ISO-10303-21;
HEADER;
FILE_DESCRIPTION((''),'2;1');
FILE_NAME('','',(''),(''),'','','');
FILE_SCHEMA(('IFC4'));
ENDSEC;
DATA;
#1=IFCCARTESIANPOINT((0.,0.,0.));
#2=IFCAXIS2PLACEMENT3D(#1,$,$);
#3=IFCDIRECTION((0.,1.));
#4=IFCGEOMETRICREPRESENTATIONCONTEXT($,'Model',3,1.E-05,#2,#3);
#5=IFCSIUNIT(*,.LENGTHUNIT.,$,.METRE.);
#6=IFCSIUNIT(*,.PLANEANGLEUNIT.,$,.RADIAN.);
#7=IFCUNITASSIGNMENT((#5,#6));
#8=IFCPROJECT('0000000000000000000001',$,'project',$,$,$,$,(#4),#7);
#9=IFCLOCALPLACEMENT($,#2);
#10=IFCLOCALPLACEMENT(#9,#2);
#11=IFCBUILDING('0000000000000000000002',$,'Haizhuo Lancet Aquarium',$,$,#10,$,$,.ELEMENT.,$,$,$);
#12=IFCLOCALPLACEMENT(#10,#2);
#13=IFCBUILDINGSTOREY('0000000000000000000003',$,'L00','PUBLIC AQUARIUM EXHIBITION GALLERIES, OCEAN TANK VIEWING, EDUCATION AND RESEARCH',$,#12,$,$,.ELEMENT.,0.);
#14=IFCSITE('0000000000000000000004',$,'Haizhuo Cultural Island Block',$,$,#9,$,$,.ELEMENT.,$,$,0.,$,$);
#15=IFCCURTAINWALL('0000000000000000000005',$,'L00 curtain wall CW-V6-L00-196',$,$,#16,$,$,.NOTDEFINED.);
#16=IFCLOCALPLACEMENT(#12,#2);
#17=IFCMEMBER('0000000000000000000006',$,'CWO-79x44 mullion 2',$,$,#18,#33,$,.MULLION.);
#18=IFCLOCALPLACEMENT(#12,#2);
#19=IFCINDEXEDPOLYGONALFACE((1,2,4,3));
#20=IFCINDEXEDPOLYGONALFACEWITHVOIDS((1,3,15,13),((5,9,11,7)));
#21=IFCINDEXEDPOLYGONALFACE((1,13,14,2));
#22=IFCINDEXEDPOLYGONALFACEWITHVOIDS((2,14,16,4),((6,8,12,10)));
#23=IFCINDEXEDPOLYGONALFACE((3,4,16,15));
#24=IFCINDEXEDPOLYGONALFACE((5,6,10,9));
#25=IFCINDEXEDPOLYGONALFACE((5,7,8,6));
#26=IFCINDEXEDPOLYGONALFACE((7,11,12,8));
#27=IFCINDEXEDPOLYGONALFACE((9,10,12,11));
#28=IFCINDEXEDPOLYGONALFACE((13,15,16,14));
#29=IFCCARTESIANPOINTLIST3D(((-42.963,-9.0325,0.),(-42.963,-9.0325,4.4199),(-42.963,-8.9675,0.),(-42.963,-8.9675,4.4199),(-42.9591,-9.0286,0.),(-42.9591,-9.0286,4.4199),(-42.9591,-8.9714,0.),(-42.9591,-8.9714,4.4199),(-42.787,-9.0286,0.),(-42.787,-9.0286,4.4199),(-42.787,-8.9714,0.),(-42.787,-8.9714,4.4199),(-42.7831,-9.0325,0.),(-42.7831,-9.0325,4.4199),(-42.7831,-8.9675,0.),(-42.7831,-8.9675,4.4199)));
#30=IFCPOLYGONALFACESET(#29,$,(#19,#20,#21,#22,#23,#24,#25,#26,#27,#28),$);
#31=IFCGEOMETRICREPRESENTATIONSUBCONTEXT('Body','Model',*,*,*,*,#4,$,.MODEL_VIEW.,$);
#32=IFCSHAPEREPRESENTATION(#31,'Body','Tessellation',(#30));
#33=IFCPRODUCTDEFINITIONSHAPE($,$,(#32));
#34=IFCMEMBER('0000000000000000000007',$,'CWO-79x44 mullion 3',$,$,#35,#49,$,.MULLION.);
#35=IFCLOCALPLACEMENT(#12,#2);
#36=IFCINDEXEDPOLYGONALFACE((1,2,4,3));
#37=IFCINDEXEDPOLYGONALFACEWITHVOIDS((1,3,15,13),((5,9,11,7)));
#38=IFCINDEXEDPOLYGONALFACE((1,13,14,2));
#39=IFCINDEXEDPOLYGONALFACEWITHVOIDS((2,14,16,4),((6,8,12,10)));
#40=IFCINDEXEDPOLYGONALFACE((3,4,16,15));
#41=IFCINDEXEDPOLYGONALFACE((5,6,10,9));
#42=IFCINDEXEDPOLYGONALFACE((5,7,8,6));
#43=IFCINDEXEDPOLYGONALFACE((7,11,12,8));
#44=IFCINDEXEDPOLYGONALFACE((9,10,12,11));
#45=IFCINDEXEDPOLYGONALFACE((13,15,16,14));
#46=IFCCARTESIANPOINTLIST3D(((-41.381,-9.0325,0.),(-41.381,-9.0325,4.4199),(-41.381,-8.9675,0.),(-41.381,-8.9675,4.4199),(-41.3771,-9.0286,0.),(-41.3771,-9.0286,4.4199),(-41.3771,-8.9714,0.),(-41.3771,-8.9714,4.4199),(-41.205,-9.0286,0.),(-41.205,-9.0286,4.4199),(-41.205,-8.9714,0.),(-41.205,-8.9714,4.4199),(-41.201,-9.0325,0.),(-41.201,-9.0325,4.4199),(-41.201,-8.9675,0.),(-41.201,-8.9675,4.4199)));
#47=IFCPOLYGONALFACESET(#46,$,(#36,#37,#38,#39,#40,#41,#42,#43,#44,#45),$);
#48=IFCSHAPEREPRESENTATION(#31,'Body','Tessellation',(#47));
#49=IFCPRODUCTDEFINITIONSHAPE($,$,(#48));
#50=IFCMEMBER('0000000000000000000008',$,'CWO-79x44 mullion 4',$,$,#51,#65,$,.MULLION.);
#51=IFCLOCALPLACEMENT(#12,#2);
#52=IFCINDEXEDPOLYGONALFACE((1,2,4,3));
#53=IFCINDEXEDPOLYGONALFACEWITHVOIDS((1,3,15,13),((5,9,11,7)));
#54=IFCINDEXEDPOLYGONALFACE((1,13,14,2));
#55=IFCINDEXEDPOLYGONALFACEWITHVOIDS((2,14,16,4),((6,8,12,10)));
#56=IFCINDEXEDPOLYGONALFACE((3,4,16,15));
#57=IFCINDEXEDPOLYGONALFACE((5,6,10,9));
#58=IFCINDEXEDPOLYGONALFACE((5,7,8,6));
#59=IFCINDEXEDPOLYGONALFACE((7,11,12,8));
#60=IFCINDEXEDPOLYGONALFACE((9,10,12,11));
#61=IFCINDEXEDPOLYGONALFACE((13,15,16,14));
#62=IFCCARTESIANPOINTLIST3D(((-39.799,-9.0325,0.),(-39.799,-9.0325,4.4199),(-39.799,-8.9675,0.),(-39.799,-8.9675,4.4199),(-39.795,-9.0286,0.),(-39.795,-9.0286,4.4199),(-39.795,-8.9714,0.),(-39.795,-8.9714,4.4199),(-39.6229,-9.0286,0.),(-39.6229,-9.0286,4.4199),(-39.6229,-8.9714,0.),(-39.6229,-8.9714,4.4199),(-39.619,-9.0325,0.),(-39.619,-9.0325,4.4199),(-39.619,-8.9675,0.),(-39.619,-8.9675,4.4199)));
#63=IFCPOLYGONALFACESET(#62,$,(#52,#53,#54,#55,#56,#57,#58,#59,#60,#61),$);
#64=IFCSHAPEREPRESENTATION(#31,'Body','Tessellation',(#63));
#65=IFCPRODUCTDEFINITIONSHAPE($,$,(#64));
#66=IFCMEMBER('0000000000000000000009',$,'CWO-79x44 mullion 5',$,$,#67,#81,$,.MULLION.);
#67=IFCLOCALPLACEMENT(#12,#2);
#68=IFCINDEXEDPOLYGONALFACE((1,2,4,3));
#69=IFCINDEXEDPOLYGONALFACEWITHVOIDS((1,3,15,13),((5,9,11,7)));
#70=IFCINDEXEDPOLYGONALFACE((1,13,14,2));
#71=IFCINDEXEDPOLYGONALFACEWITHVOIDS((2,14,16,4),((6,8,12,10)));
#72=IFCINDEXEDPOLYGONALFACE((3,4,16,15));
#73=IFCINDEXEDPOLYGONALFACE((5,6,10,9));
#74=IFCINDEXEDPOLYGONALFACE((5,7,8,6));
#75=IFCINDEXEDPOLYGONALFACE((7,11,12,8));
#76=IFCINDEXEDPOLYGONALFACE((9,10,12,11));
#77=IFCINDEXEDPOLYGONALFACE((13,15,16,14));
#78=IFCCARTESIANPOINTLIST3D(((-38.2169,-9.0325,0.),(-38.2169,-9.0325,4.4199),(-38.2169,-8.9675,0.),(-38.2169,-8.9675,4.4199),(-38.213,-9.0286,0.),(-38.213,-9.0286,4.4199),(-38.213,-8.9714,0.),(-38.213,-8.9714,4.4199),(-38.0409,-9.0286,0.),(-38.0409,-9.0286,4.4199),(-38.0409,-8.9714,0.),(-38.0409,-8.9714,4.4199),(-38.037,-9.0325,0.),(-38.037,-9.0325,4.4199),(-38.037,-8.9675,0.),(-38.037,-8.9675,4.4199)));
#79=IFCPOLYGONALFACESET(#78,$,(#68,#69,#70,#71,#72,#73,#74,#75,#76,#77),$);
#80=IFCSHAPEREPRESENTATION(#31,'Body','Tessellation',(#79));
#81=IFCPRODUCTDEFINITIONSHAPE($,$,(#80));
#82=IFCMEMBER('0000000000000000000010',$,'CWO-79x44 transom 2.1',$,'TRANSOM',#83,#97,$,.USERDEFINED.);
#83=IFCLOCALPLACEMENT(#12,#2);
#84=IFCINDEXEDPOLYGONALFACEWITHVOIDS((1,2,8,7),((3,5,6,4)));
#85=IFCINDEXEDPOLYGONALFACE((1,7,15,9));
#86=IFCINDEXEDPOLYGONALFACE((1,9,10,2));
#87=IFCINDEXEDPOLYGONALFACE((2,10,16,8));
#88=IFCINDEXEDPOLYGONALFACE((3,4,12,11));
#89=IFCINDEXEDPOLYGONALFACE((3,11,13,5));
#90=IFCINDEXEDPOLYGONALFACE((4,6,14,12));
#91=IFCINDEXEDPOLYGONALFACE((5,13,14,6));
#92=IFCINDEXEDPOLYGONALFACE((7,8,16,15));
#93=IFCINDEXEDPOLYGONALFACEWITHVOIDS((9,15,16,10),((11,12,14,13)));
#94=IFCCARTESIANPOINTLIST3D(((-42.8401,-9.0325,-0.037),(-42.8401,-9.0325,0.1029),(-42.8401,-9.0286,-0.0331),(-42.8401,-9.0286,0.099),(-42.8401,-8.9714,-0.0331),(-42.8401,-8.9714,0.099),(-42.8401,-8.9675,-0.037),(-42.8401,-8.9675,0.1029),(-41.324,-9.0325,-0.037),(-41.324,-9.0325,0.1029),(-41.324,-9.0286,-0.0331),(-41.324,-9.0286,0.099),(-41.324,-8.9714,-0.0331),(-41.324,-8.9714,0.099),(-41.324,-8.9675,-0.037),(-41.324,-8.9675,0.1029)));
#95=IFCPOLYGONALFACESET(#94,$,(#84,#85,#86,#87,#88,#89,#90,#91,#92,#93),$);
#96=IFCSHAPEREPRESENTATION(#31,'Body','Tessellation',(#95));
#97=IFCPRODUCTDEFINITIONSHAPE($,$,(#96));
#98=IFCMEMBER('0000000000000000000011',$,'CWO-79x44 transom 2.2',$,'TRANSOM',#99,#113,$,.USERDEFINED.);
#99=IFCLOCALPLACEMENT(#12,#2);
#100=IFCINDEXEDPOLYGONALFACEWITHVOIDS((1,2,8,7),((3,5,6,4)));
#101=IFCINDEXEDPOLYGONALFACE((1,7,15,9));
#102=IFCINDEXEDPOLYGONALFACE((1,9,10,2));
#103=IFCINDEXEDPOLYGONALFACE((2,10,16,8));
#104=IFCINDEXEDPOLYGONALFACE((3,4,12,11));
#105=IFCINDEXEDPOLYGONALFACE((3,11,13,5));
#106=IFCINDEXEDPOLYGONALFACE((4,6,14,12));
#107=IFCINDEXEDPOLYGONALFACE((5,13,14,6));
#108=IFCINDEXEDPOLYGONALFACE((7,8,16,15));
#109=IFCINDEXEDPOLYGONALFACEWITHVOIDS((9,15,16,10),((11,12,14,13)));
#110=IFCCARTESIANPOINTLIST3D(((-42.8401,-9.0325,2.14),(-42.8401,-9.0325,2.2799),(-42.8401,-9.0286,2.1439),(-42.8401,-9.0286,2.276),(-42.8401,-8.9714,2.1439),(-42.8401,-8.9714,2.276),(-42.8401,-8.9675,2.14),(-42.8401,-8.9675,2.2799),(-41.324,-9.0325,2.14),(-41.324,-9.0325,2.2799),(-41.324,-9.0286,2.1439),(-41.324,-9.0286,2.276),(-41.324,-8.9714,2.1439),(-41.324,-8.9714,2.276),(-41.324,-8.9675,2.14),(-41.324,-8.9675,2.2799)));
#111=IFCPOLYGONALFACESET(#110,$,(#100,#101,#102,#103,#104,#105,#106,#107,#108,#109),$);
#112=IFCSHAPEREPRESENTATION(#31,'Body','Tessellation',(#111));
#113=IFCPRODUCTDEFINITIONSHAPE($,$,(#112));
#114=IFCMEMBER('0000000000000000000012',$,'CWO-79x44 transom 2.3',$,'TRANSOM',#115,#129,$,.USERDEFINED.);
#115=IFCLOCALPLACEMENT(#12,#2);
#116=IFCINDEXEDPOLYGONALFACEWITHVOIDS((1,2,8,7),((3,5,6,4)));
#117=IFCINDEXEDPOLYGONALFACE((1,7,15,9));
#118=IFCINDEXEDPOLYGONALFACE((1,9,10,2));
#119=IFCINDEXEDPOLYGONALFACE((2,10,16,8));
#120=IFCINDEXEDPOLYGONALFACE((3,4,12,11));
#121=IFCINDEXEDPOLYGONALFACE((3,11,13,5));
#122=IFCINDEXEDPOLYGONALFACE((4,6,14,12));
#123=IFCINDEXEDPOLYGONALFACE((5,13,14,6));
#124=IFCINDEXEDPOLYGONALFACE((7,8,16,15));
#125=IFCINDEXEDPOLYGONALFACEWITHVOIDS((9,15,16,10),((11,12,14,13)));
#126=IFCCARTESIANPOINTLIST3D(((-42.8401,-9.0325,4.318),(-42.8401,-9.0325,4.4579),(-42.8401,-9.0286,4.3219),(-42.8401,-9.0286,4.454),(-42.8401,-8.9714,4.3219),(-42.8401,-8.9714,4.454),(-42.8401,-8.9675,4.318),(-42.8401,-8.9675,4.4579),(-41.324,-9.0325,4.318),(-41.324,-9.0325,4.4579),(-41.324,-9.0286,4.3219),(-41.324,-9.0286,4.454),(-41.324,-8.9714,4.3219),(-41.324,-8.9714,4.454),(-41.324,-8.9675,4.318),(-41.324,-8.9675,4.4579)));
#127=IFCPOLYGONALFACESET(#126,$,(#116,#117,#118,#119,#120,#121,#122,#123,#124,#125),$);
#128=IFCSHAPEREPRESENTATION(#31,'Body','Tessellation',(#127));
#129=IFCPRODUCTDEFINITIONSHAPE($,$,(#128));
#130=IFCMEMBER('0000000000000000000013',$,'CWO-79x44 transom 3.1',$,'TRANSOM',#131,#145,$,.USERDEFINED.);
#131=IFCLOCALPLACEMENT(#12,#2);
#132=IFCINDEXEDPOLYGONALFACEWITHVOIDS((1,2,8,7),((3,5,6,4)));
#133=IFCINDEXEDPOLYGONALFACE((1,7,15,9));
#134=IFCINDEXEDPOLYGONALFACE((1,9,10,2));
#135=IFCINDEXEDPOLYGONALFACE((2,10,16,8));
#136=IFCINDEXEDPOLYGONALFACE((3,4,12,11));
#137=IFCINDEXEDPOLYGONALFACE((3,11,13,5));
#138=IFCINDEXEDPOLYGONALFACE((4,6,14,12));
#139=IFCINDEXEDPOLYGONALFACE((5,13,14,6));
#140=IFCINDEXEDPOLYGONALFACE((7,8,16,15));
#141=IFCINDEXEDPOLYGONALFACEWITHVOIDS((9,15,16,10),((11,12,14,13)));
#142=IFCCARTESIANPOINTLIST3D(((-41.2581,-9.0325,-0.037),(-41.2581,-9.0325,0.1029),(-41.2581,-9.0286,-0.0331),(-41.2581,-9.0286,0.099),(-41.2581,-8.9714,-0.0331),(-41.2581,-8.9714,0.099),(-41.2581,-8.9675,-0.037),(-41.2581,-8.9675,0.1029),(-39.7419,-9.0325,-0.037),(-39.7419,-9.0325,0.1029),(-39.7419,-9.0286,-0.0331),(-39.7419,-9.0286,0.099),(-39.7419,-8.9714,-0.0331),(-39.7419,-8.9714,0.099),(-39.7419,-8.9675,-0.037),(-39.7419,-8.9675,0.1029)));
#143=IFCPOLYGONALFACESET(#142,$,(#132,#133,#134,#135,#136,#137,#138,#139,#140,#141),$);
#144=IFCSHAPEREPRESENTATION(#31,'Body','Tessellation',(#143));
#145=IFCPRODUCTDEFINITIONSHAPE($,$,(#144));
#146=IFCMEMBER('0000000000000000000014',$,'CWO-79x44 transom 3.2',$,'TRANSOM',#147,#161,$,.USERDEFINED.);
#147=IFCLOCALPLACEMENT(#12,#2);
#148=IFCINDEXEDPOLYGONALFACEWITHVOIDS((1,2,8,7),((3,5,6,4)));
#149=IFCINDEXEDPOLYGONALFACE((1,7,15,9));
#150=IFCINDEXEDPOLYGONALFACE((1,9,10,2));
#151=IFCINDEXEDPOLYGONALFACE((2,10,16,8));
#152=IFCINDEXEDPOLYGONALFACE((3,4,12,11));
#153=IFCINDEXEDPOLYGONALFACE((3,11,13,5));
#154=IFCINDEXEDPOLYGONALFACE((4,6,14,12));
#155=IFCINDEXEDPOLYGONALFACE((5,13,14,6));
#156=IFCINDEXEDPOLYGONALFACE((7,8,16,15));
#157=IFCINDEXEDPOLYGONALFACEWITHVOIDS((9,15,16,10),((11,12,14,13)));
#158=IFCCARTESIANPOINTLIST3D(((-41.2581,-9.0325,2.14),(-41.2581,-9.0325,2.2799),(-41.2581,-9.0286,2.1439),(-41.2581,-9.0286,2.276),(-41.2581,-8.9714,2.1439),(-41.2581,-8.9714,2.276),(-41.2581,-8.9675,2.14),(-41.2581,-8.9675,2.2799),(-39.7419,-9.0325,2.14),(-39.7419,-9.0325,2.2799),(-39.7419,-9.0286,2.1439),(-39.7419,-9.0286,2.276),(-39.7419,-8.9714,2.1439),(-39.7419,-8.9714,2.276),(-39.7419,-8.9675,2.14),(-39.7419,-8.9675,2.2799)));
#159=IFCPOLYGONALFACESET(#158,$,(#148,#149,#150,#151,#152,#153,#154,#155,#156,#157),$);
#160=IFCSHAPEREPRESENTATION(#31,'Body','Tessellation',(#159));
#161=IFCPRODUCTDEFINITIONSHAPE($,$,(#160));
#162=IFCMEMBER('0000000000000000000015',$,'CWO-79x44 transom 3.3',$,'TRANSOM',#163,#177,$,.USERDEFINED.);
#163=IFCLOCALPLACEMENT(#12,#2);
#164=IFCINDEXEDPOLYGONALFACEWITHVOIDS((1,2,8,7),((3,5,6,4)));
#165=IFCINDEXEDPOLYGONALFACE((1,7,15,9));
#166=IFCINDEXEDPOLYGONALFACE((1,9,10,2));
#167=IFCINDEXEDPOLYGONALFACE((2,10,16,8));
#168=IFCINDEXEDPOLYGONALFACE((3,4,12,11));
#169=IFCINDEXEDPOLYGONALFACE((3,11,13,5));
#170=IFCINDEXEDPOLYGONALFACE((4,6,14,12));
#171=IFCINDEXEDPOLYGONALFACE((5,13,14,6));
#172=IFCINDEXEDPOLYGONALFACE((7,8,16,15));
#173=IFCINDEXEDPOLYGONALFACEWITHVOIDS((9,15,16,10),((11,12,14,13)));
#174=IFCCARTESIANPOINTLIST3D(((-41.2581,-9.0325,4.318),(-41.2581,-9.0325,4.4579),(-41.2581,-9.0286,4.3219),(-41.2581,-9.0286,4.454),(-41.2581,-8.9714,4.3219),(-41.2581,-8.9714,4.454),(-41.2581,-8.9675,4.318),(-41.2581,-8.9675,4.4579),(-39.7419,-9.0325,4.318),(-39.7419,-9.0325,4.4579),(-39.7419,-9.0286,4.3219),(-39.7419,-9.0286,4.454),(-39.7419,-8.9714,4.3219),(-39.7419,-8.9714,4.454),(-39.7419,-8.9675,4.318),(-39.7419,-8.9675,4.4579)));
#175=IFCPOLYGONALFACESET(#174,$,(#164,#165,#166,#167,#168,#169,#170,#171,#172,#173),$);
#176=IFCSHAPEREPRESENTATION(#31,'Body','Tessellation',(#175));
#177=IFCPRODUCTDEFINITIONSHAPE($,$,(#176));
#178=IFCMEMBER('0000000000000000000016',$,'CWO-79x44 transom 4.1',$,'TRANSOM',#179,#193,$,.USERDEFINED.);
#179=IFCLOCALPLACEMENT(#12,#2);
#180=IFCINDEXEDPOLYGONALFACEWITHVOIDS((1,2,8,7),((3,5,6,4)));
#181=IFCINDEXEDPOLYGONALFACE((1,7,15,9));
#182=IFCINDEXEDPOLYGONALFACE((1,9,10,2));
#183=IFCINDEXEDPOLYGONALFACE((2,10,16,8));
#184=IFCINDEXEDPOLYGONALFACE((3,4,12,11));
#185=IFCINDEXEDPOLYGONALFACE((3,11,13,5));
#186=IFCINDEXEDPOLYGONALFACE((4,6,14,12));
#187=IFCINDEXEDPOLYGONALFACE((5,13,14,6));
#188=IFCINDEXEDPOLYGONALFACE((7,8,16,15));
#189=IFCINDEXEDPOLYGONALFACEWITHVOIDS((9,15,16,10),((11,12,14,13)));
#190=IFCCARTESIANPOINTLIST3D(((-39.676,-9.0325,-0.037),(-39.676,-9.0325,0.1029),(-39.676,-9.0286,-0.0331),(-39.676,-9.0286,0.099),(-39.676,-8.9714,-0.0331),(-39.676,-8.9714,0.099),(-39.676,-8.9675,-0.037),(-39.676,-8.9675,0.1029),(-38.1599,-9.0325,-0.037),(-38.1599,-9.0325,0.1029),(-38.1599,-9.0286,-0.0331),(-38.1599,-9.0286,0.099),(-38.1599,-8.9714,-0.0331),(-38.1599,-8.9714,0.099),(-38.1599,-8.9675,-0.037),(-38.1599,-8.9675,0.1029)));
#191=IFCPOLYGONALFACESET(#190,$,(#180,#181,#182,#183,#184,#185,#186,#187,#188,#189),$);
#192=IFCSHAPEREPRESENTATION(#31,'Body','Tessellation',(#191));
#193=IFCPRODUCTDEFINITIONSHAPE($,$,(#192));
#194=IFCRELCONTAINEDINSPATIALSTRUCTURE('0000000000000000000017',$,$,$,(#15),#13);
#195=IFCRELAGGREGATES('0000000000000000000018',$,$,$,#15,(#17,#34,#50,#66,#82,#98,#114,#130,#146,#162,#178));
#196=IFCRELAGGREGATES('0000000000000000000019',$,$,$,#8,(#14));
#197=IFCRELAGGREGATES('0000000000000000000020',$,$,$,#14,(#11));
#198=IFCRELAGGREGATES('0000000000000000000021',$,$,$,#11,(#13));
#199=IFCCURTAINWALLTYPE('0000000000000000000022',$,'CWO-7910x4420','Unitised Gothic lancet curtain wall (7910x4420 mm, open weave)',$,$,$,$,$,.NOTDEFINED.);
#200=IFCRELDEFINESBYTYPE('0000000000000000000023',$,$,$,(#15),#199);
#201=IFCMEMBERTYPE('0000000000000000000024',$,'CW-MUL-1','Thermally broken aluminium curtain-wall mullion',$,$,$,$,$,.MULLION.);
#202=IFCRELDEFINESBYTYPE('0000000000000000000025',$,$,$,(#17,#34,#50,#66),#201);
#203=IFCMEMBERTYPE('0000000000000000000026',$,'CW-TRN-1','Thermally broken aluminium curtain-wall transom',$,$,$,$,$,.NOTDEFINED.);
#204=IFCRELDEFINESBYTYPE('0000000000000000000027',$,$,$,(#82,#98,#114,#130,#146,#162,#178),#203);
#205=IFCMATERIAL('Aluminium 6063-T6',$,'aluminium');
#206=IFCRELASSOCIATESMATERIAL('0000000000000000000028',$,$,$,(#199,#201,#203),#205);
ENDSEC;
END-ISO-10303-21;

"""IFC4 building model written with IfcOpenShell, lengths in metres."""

from ifc_helpers import new_model, si_unit, direction, frame, origin, origin_2d, place, context, subcontext, project, spatial, hollow_rectangle, extrude, material, material_profile, profile_set, type_object, element, aggregate, save


model = new_model("IFC4")

# Units and contexts
model_context = context("Model", 3, precision=1e-05, world=origin(), true_north=direction((0.0, 1.0)))
body_context = subcontext(model_context, "Body", "Model", "MODEL_VIEW")
ifc_project = project(units=[si_unit("LENGTHUNIT", "METRE"), si_unit("PLANEANGLEUNIT", "RADIAN")], contexts=[model_context])

# Site, building, storey
site_placement = place(None, origin())
site = spatial("IfcSite", under=ifc_project, at=site_placement, Name="Haizhuo Cultural Island Block", CompositionType="ELEMENT", RefElevation=0.0)
building_placement = place(site_placement, origin())
building = spatial("IfcBuilding", under=site, at=building_placement, Name="Haizhuo Lancet Aquarium", CompositionType="ELEMENT")
storey_placement = place(building_placement, origin())
storey = spatial("IfcBuildingStorey", under=building, at=storey_placement, Name="L00", Description="PUBLIC AQUARIUM EXHIBITION GALLERIES, OCEAN TANK VIEWING, EDUCATION AND RESEARCH", CompositionType="ELEMENT", Elevation=0.0)

# Curtain wall, members
ifc_material_1 = material(Name="Aluminium 6063-T6", Category="aluminium")
curtain_wall_type = type_object("IfcCurtainWallType", Name="CWO-7910x4420", Description="Unitised Gothic lancet curtain wall (7910x4420 mm, open weave)", PredefinedType="NOTDEFINED", material=ifc_material_1)
curtain_wall_placement = place(storey_placement, origin())
curtain_wall = element("IfcCurtainWall", 1, at=curtain_wall_placement, inside=storey, type_object=curtain_wall_type, Name="L00 curtain wall CW-V6-L00-196", PredefinedType="NOTDEFINED")
ifc_material_profile_1 = material_profile(ifc_material_1, hollow_rectangle(XDim=0.0649, YDim=0.1799, WallThickness=0.0039, at=origin_2d()), Name="ALU-M 65x180x4")
ifc_profile_set_1 = profile_set([ifc_material_profile_1], Name="Aluminium 6063-T6")
member_type_1 = type_object("IfcMemberType", Name="CW-MUL-1", Description="Thermally broken aluminium curtain-wall mullion", PredefinedType="MULLION", material=ifc_profile_set_1)
member_1_placement = place(storey_placement, frame((-42.873, -9.0, 0.0), z_axis=(0.0, 0.0, 1.0), x_axis=(0.0, 1.0, 0.0)))
member_1 = element("IfcMember", 2, at=member_1_placement, type_object=member_type_1, Name="CWO-79x44 mullion 2", PredefinedType="MULLION", context=body_context, shape_type="SweptSolid", body=[
    extrude(hollow_rectangle(XDim=0.0649, YDim=0.1799, WallThickness=0.0039, at=origin_2d()), origin(), (0.0, 0.0, 1.0), 4.4199),
])
member_2_placement = place(storey_placement, frame((-41.291, -9.0, 0.0), z_axis=(0.0, 0.0, 1.0), x_axis=(0.0, 1.0, 0.0)))
member_2 = element("IfcMember", 3, at=member_2_placement, type_object=member_type_1, Name="CWO-79x44 mullion 3", PredefinedType="MULLION", context=body_context, shape_type="SweptSolid", body=[
    extrude(hollow_rectangle(XDim=0.0649, YDim=0.1799, WallThickness=0.0039, at=origin_2d()), origin(), (0.0, 0.0, 1.0), 4.4199),
])
member_3_placement = place(storey_placement, frame((-39.709, -9.0, 0.0), z_axis=(0.0, 0.0, 1.0), x_axis=(0.0, 1.0, 0.0)))
member_3 = element("IfcMember", 4, at=member_3_placement, type_object=member_type_1, Name="CWO-79x44 mullion 4", PredefinedType="MULLION", context=body_context, shape_type="SweptSolid", body=[
    extrude(hollow_rectangle(XDim=0.0649, YDim=0.1799, WallThickness=0.0039, at=origin_2d()), origin(), (0.0, 0.0, 1.0), 4.4199),
])
member_4_placement = place(storey_placement, frame((-38.127, -9.0, 0.0), z_axis=(0.0, 0.0, 1.0), x_axis=(0.0, 1.0, 0.0)))
member_4 = element("IfcMember", 5, at=member_4_placement, type_object=member_type_1, Name="CWO-79x44 mullion 5", PredefinedType="MULLION", context=body_context, shape_type="SweptSolid", body=[
    extrude(hollow_rectangle(XDim=0.0649, YDim=0.1799, WallThickness=0.0039, at=origin_2d()), origin(), (0.0, 0.0, 1.0), 4.4199),
])
ifc_material_profile_2 = material_profile(ifc_material_1, hollow_rectangle(XDim=0.0649, YDim=0.1399, WallThickness=0.0039, at=origin_2d()), Name="ALU-T 65x140x4")
ifc_profile_set_2 = profile_set([ifc_material_profile_2], Name="Aluminium 6063-T6")
member_type_2 = type_object("IfcMemberType", Name="CW-TRN-1", Description="Thermally broken aluminium curtain-wall transom", PredefinedType="NOTDEFINED", material=ifc_profile_set_2)
member_5_placement = place(storey_placement, frame((-42.8401, -9.0, 0.033), z_axis=(1.0, 0.0, 0.0), x_axis=(0.0, 1.0, 0.0)))
member_5 = element("IfcMember", 6, at=member_5_placement, type_object=member_type_2, Name="CWO-79x44 transom 2.1", ObjectType="TRANSOM", PredefinedType="USERDEFINED", context=body_context, shape_type="SweptSolid", body=[
    extrude(hollow_rectangle(XDim=0.0649, YDim=0.1399, WallThickness=0.0039, at=origin_2d()), origin(), (0.0, 0.0, 1.0), 1.5161),
])
member_6_placement = place(storey_placement, frame((-42.8401, -9.0, 2.21), z_axis=(1.0, 0.0, 0.0), x_axis=(0.0, 1.0, 0.0)))
member_6 = element("IfcMember", 7, at=member_6_placement, type_object=member_type_2, Name="CWO-79x44 transom 2.2", ObjectType="TRANSOM", PredefinedType="USERDEFINED", context=body_context, shape_type="SweptSolid", body=[
    extrude(hollow_rectangle(XDim=0.0649, YDim=0.1399, WallThickness=0.0039, at=origin_2d()), origin(), (0.0, 0.0, 1.0), 1.5161),
])
member_7_placement = place(storey_placement, frame((-42.8401, -9.0, 4.3879), z_axis=(1.0, 0.0, 0.0), x_axis=(0.0, 1.0, 0.0)))
member_7 = element("IfcMember", 8, at=member_7_placement, type_object=member_type_2, Name="CWO-79x44 transom 2.3", ObjectType="TRANSOM", PredefinedType="USERDEFINED", context=body_context, shape_type="SweptSolid", body=[
    extrude(hollow_rectangle(XDim=0.0649, YDim=0.1399, WallThickness=0.0039, at=origin_2d()), origin(), (0.0, 0.0, 1.0), 1.5161),
])
member_8_placement = place(storey_placement, frame((-41.2581, -9.0, 0.033), z_axis=(1.0, 0.0, 0.0), x_axis=(0.0, 1.0, 0.0)))
member_8 = element("IfcMember", 9, at=member_8_placement, type_object=member_type_2, Name="CWO-79x44 transom 3.1", ObjectType="TRANSOM", PredefinedType="USERDEFINED", context=body_context, shape_type="SweptSolid", body=[
    extrude(hollow_rectangle(XDim=0.0649, YDim=0.1399, WallThickness=0.0039, at=origin_2d()), origin(), (0.0, 0.0, 1.0), 1.5161),
])
member_9_placement = place(storey_placement, frame((-41.2581, -9.0, 2.21), z_axis=(1.0, 0.0, 0.0), x_axis=(0.0, 1.0, 0.0)))
member_9 = element("IfcMember", 10, at=member_9_placement, type_object=member_type_2, Name="CWO-79x44 transom 3.2", ObjectType="TRANSOM", PredefinedType="USERDEFINED", context=body_context, shape_type="SweptSolid", body=[
    extrude(hollow_rectangle(XDim=0.0649, YDim=0.1399, WallThickness=0.0039, at=origin_2d()), origin(), (0.0, 0.0, 1.0), 1.5161),
])
member_10_placement = place(storey_placement, frame((-41.2581, -9.0, 4.3879), z_axis=(1.0, 0.0, 0.0), x_axis=(0.0, 1.0, 0.0)))
member_10 = element("IfcMember", 11, at=member_10_placement, type_object=member_type_2, Name="CWO-79x44 transom 3.3", ObjectType="TRANSOM", PredefinedType="USERDEFINED", context=body_context, shape_type="SweptSolid", body=[
    extrude(hollow_rectangle(XDim=0.0649, YDim=0.1399, WallThickness=0.0039, at=origin_2d()), origin(), (0.0, 0.0, 1.0), 1.5161),
])
member_11_placement = place(storey_placement, frame((-39.676, -9.0, 0.033), z_axis=(1.0, 0.0, 0.0), x_axis=(0.0, 1.0, 0.0)))
member_11 = element("IfcMember", 12, at=member_11_placement, type_object=member_type_2, Name="CWO-79x44 transom 4.1", ObjectType="TRANSOM", PredefinedType="USERDEFINED", context=body_context, shape_type="SweptSolid", body=[
    extrude(hollow_rectangle(XDim=0.0649, YDim=0.1399, WallThickness=0.0039, at=origin_2d()), origin(), (0.0, 0.0, 1.0), 1.5161),
])

aggregate(curtain_wall, [member_1, member_2, member_3, member_4, member_5, member_6, member_7, member_8, member_9, member_10, member_11])

save(model, "model.ifc")
